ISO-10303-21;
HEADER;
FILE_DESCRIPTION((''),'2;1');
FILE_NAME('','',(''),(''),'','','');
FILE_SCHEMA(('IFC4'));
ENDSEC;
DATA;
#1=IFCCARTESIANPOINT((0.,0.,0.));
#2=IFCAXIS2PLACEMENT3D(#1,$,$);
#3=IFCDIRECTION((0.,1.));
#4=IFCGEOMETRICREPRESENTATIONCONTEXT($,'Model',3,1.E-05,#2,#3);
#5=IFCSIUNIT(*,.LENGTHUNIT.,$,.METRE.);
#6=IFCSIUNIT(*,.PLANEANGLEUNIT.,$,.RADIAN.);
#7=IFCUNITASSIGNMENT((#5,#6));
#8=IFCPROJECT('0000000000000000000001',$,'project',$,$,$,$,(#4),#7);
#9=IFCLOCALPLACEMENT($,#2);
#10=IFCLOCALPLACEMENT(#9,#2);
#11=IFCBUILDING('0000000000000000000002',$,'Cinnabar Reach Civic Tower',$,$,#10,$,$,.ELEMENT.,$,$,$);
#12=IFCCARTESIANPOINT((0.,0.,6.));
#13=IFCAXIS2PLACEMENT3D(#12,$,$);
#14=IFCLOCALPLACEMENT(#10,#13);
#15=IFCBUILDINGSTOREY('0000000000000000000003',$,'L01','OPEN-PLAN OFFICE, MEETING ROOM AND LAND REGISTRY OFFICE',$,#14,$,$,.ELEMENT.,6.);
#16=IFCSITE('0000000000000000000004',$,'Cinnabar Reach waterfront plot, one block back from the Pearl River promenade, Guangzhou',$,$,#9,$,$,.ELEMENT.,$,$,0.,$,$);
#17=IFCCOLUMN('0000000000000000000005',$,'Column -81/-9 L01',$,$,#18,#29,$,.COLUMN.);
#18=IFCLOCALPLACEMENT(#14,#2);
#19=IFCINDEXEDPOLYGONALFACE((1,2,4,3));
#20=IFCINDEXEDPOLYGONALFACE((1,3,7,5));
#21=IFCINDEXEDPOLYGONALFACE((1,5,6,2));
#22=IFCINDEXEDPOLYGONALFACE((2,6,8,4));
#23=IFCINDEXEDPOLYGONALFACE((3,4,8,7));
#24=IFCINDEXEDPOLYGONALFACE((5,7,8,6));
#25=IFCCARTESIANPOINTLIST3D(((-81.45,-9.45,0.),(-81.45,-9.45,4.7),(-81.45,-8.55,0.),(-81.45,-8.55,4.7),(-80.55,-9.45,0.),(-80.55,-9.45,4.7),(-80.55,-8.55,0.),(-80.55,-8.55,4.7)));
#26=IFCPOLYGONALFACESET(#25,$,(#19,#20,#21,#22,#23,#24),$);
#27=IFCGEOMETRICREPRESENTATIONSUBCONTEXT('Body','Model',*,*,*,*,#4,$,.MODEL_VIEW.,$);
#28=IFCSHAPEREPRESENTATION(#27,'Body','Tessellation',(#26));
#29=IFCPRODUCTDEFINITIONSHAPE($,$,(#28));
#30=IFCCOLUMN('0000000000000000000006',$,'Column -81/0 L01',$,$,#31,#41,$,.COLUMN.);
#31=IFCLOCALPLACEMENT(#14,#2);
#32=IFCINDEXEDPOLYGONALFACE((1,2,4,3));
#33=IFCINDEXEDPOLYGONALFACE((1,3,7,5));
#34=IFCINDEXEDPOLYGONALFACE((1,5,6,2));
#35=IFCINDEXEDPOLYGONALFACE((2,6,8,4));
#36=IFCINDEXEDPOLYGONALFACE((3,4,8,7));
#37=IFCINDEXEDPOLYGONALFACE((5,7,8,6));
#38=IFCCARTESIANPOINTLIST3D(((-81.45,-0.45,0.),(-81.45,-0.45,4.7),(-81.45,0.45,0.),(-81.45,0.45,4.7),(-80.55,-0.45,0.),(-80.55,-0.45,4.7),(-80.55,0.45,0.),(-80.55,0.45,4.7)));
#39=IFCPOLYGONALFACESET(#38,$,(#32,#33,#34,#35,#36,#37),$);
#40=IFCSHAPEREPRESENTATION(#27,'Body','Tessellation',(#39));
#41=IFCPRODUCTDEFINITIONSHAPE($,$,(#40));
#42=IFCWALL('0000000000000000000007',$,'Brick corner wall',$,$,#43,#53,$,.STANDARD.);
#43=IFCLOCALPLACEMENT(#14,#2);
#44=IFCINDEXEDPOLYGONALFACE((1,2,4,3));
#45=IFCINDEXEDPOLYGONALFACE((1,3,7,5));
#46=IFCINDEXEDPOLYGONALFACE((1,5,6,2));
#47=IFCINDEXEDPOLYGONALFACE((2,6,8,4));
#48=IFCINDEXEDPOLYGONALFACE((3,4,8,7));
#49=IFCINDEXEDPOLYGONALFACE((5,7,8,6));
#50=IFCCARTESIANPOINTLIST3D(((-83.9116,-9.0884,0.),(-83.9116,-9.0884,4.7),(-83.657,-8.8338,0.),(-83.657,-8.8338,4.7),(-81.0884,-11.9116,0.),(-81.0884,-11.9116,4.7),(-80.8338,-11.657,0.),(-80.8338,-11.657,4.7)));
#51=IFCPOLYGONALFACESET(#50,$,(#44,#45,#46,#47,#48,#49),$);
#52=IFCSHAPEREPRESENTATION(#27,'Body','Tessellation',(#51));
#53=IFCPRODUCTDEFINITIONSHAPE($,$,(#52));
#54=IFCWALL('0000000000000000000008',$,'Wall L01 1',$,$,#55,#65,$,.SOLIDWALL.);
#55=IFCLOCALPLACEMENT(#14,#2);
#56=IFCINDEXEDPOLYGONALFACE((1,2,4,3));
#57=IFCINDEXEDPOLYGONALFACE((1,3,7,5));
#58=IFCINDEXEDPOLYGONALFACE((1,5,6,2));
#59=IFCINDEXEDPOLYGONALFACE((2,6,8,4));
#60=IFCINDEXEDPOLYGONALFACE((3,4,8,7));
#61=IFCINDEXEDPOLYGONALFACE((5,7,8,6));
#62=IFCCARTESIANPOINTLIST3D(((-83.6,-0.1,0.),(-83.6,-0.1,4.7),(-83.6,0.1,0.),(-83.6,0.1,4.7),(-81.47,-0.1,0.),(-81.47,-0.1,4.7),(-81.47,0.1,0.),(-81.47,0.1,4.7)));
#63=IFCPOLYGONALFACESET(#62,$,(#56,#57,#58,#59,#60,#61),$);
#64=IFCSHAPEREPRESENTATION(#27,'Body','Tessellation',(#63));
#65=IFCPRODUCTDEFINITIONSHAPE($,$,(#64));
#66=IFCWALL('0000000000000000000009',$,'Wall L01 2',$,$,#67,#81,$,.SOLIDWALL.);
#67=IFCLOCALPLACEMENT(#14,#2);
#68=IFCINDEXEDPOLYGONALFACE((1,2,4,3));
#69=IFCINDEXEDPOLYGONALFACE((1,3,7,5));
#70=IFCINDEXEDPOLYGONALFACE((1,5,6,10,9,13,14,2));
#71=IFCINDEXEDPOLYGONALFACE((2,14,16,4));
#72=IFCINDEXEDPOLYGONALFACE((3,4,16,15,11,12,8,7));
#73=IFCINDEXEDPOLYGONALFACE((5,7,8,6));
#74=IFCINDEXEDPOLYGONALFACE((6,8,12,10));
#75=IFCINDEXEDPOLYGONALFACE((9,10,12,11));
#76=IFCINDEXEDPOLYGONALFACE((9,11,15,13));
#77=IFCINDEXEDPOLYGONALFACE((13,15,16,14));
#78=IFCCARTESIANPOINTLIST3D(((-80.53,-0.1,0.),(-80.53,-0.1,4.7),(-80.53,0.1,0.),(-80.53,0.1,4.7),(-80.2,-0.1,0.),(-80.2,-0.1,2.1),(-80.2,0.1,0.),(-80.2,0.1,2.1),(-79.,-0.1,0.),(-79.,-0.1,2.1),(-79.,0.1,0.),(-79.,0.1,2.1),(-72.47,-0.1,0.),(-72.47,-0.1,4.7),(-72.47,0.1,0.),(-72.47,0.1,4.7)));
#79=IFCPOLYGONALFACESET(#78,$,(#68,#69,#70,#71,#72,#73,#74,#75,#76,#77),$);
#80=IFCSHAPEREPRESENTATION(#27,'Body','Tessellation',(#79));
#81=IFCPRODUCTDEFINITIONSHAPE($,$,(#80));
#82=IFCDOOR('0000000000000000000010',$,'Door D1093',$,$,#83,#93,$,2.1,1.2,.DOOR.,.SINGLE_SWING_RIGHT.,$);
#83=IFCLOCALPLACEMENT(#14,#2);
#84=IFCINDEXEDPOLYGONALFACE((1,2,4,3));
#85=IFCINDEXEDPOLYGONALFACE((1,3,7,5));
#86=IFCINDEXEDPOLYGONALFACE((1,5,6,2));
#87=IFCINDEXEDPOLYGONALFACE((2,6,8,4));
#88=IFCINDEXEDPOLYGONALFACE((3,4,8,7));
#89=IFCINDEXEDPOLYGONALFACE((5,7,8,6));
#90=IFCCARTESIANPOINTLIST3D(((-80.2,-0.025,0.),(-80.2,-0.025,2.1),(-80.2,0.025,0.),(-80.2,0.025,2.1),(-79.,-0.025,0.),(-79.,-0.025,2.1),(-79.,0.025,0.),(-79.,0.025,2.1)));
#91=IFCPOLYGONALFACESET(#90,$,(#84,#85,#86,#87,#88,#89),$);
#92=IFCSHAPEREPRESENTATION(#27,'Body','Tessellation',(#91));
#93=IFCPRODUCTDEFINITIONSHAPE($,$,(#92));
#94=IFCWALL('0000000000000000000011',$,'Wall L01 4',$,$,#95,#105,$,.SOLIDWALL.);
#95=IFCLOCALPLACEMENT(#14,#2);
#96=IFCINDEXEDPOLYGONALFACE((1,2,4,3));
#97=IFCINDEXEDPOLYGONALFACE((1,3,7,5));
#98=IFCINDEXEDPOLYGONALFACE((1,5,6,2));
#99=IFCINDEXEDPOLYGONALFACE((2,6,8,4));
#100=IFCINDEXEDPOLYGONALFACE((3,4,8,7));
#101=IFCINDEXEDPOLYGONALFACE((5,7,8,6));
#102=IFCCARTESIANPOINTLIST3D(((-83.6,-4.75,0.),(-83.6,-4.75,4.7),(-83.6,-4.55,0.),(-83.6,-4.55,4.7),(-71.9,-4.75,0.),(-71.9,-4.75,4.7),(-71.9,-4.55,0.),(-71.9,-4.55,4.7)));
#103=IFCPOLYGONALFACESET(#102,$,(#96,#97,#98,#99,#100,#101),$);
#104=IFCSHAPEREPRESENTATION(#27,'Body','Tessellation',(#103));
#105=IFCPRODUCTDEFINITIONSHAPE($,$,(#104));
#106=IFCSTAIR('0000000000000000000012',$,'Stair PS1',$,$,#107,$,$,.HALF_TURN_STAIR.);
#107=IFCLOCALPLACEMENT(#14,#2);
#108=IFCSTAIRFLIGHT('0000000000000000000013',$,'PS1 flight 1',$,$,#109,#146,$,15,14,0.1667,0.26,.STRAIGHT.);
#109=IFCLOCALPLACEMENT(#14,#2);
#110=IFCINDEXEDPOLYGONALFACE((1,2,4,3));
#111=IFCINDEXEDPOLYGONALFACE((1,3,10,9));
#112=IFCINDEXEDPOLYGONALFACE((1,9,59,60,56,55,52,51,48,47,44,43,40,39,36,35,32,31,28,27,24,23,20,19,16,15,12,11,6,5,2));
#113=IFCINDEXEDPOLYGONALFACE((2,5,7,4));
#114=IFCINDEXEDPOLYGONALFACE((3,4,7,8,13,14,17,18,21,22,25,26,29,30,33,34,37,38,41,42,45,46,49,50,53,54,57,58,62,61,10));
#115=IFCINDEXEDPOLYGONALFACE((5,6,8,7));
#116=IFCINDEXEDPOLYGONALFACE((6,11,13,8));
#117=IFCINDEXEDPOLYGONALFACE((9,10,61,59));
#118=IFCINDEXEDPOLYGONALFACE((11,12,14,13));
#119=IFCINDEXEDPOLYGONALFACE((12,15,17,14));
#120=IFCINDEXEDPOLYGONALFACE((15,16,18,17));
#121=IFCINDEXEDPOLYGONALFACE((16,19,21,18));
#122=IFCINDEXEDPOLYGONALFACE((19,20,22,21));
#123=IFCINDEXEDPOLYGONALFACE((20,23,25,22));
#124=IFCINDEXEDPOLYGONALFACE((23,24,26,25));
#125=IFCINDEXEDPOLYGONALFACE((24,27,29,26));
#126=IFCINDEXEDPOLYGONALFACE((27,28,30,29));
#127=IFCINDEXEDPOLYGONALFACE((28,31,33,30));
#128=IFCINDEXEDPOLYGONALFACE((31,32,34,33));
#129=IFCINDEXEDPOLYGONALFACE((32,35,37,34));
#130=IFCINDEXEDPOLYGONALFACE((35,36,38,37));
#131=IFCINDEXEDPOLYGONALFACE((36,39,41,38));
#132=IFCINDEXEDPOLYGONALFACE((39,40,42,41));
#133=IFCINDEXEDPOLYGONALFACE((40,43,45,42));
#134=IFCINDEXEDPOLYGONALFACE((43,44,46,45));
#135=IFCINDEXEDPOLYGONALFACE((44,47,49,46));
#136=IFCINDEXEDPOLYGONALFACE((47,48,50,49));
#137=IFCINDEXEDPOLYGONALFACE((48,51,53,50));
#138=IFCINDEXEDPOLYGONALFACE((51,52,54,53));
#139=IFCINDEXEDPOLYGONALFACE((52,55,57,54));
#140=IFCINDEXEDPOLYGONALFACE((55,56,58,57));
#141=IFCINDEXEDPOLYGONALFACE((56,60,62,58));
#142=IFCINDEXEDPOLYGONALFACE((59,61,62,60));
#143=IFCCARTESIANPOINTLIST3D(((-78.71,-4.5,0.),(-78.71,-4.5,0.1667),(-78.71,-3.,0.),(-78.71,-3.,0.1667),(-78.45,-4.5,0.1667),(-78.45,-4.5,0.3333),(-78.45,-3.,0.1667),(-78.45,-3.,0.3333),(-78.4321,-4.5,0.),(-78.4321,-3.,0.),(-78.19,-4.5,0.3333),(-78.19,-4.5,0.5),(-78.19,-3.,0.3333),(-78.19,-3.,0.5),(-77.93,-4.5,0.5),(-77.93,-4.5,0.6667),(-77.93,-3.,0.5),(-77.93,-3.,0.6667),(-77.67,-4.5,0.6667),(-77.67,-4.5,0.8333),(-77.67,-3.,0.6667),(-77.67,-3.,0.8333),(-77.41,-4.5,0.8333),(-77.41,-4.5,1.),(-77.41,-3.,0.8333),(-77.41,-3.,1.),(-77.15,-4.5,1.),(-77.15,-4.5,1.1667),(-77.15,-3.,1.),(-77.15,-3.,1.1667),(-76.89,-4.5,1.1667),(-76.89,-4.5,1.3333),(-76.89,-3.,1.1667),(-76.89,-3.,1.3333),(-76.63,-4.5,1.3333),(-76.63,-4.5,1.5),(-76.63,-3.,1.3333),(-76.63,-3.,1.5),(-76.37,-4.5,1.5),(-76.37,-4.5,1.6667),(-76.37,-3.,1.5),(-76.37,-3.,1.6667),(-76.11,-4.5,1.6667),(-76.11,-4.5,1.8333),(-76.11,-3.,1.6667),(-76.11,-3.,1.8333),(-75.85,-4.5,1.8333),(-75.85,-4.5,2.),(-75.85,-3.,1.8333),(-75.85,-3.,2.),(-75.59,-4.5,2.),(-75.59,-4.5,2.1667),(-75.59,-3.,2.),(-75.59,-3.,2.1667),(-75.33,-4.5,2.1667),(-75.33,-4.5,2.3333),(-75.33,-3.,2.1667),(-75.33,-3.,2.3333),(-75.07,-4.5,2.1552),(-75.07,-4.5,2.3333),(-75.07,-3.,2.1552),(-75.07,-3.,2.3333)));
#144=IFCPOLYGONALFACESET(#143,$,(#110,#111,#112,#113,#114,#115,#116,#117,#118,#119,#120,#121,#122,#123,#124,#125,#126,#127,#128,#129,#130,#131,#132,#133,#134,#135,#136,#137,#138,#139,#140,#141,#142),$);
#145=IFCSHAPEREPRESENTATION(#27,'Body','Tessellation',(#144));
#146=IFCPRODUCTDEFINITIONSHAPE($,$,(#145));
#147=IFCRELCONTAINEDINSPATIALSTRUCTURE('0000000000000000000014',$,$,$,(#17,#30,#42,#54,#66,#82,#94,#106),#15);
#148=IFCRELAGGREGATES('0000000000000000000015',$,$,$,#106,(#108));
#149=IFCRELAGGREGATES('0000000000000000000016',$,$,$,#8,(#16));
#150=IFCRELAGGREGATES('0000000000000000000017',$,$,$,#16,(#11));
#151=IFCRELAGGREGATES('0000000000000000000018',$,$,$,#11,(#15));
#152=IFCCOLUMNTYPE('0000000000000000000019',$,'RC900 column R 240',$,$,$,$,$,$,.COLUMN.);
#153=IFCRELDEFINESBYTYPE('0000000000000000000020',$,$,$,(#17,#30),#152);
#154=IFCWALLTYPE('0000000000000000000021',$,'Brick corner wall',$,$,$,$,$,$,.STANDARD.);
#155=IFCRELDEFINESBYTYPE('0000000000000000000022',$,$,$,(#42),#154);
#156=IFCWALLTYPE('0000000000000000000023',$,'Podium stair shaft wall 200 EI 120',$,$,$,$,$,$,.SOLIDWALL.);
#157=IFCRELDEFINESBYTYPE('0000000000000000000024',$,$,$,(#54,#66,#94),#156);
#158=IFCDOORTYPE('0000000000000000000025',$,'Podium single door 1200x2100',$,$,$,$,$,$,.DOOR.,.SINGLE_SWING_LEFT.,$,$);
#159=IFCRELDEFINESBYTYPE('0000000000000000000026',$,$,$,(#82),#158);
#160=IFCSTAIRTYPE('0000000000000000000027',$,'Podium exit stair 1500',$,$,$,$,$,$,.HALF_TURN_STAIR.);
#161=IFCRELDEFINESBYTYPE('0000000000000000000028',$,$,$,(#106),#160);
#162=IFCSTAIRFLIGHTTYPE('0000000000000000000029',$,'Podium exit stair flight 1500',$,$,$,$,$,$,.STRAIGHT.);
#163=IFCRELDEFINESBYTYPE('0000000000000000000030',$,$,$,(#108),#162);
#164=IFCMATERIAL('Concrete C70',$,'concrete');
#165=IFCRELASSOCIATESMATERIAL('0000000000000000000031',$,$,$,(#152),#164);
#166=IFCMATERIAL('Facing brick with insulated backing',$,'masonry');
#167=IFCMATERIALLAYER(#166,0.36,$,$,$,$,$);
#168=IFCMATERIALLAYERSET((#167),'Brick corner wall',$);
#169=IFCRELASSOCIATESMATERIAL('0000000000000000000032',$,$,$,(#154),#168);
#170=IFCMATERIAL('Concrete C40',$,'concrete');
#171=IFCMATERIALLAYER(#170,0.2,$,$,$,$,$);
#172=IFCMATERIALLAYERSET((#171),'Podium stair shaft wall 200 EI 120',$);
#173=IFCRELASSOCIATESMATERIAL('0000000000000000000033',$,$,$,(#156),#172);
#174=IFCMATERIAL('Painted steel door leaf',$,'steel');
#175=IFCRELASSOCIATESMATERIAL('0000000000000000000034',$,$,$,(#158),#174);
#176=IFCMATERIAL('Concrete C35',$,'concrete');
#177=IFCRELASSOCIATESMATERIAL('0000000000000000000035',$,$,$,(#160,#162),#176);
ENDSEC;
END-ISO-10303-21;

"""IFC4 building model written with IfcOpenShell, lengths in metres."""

from ifc_helpers import new_model, si_unit, direction, frame, frame_2d, origin, origin_2d, place, context, subcontext, project, spatial, polyline, rectangle, outline, extrude, material, layer, layer_set, material_profile, profile_set, type_object, element, fill, aggregate, save


model = new_model("IFC4")

# Units and contexts
model_context = context("Model", 3, precision=1e-05, world=origin(), true_north=direction((0.0, 1.0)))
body_context = subcontext(model_context, "Body", "Model", "MODEL_VIEW")
ifc_project = project(units=[si_unit("LENGTHUNIT", "METRE"), si_unit("PLANEANGLEUNIT", "RADIAN")], contexts=[model_context])

# Site, building, storey
site_placement = place(None, origin())
site = spatial("IfcSite", under=ifc_project, at=site_placement, Name="Cinnabar Reach waterfront plot, one block back from the Pearl River promenade, Guangzhou", CompositionType="ELEMENT", RefElevation=0.0)
building_placement = place(site_placement, origin())
building = spatial("IfcBuilding", under=site, at=building_placement, Name="Cinnabar Reach Civic Tower", CompositionType="ELEMENT")
storey_placement = place(building_placement, frame((0.0, 0.0, 6.0)))
storey = spatial("IfcBuildingStorey", under=building, at=storey_placement, Name="L01", Description="OPEN-PLAN OFFICE, MEETING ROOM AND LAND REGISTRY OFFICE", CompositionType="ELEMENT", Elevation=6.0)

# Columns
ifc_material_1 = material(Name="Concrete C70", Category="concrete")
ifc_material_profile = material_profile(ifc_material_1, rectangle(XDim=0.9, YDim=0.9, at=origin_2d()), Name="RC900")
ifc_profile_set = profile_set([ifc_material_profile], Name="Concrete C70")
column_type = type_object("IfcColumnType", Name="RC900 column R 240", PredefinedType="COLUMN", material=ifc_profile_set)
for number, where, z_axis, x_axis, name in (
    (1, (-81.0, -9.0, 0.0), (0.0, 0.0, 1.0), (1.0, 0.0, 0.0), "Column -81/-9 L01"),
    (2, (-81.0, 0.0, 0.0), (0.0, 0.0, 1.0), (1.0, 0.0, 0.0), "Column -81/0 L01"),
):
    element("IfcColumn", number, at=place(storey_placement, frame(where, z_axis=z_axis, x_axis=x_axis)), inside=storey, type_object=column_type, Name=name, PredefinedType="COLUMN", context=body_context, shape_type="SweptSolid", body=[
        extrude(rectangle(XDim=0.9, YDim=0.9, at=origin_2d()), origin(), (0.0, 0.0, 1.0), 4.7),
    ])

# Wall
ifc_material_2 = material(Name="Facing brick with insulated backing", Category="masonry")
ifc_layer_1 = layer(ifc_material_2, 0.36)
ifc_layer_set_1 = layer_set([ifc_layer_1], Name="Brick corner wall")
wall_type_1 = type_object("IfcWallType", Name="Brick corner wall", PredefinedType="STANDARD", material=ifc_layer_set_1)
wall_1_placement = place(storey_placement, frame((-83.7843, -8.9611, 0.0), z_axis=(0.0, 0.0, 1.0), x_axis=(0.707107, -0.707107, 0.0)))
element("IfcWall", 3, at=wall_1_placement, inside=storey, type_object=wall_type_1, Name="Brick corner wall", PredefinedType="STANDARD", context=body_context, shape_type="SweptSolid", body=[
    extrude(rectangle(XDim=3.9926, YDim=0.36, at=frame_2d((1.9963, 0.0))), origin(), (0.0, 0.0, 1.0), 4.7),
])

# Wall
ifc_material_3 = material(Name="Concrete C40", Category="concrete")
ifc_layer_2 = layer(ifc_material_3, 0.2)
ifc_layer_set_2 = layer_set([ifc_layer_2], Name="Podium stair shaft wall 200 EI 120")
wall_type_2 = type_object("IfcWallType", Name="Podium stair shaft wall 200 EI 120", PredefinedType="SOLIDWALL", material=ifc_layer_set_2)
wall_2_placement = place(storey_placement, frame((-83.6, 0.0, 0.0), z_axis=(0.0, 0.0, 1.0), x_axis=(1.0, 0.0, 0.0)))
element("IfcWall", 4, at=wall_2_placement, inside=storey, type_object=wall_type_2, Name="Wall L01 1", PredefinedType="SOLIDWALL", context=body_context, shape_type="SweptSolid", body=[
    extrude(rectangle(XDim=2.13, YDim=0.2, at=frame_2d((1.065, 0.0))), origin(), (0.0, 0.0, 1.0), 4.7),
])

# Wall, opening, door
wall_3_placement = place(storey_placement, frame((-80.53, 0.0, 0.0), z_axis=(0.0, 0.0, 1.0), x_axis=(1.0, 0.0, 0.0)))
wall_3 = element("IfcWall", 5, at=wall_3_placement, inside=storey, type_object=wall_type_2, Name="Wall L01 2", PredefinedType="SOLIDWALL", context=body_context, shape_type="SweptSolid", body=[
    extrude(rectangle(XDim=8.06, YDim=0.2, at=frame_2d((4.03, 0.0))), origin(), (0.0, 0.0, 1.0), 4.7),
])
opening_1_placement = place(wall_3_placement, frame((0.33, 0.0, 0.0)))
opening_1 = element("IfcOpeningElement", 6, at=opening_1_placement, cuts=wall_3, PredefinedType="OPENING", context=body_context, shape_type="SweptSolid", body=[
    extrude(rectangle(XDim=1.2, YDim=2.1, at=frame_2d((0.6, 1.05))), frame((0.0, 0.11, 0.0), z_axis=(0.0, -1.0, 0.0), x_axis=(1.0, 0.0, 0.0)), (0.0, 0.0, 1.0), 0.22),
])
ifc_material_4 = material(Name="Painted steel door leaf", Category="steel")
door_type = type_object("IfcDoorType", Name="Podium single door 1200x2100", OperationType="SINGLE_SWING_LEFT", PredefinedType="DOOR", material=ifc_material_4)
door_placement = place(opening_1_placement, frame((1.2, 0.0, 0.0), z_axis=(0.0, 0.0, 1.0), x_axis=(-1.0, 0.0, 0.0)))
door = element("IfcDoor", 7, at=door_placement, inside=storey, type_object=door_type, Name="Door D1093", OperationType="SINGLE_SWING_RIGHT", OverallHeight=2.1, OverallWidth=1.2, PredefinedType="DOOR", context=body_context, shape_type="SweptSolid", body=[
    extrude(rectangle(XDim=1.2, YDim=2.1, at=frame_2d((0.6, 1.05))), frame((0.0, 0.025, 0.0), z_axis=(0.0, -1.0, 0.0), x_axis=(1.0, 0.0, 0.0)), (0.0, 0.0, 1.0), 0.05),
])
fill(opening_1, door)

# Wall
wall_4_placement = place(storey_placement, frame((-83.6, -4.65, 0.0), z_axis=(0.0, 0.0, 1.0), x_axis=(1.0, 0.0, 0.0)))
element("IfcWall", 8, at=wall_4_placement, inside=storey, type_object=wall_type_2, Name="Wall L01 4", PredefinedType="SOLIDWALL", context=body_context, shape_type="SweptSolid", body=[
    extrude(rectangle(XDim=11.7, YDim=0.2, at=frame_2d((5.85, 0.0))), origin(), (0.0, 0.0, 1.0), 4.7),
])

# Stair, stair flight
ifc_material_5 = material(Name="Concrete C35", Category="concrete")
stair_type = type_object("IfcStairType", Name="Podium exit stair 1500", PredefinedType="HALF_TURN_STAIR", material=ifc_material_5)
stair_placement = place(storey_placement, origin())
stair = element("IfcStair", 9, at=stair_placement, inside=storey, type_object=stair_type, Name="Stair PS1", PredefinedType="HALF_TURN_STAIR")
stair_flight_type = type_object("IfcStairFlightType", Name="Podium exit stair flight 1500", PredefinedType="STRAIGHT", material=ifc_material_5)
stair_flight_placement = place(storey_placement, frame((-78.71, -3.75, 0.0), z_axis=(0.0, 0.0, 1.0), x_axis=(1.0, 0.0, 0.0)))
stair_flight = element("IfcStairFlight", 10, at=stair_flight_placement, type_object=stair_flight_type, Name="PS1 flight 1", NumberOfRisers=15, NumberOfTreads=14, PredefinedType="STRAIGHT", RiserHeight=0.1667, TreadLength=0.26, context=body_context, shape_type="SweptSolid", body=[
    extrude(outline(polyline([(0.0, 0.0), (0.0, 0.1667), (0.26, 0.1667), (0.26, 0.3333), (0.52, 0.3333), (0.52, 0.5), (0.78, 0.5), (0.78, 0.6667), (1.04, 0.6667), (1.04, 0.8333), (1.3, 0.8333), (1.3, 1.0), (1.56, 1.0), (1.56, 1.1667), (1.82, 1.1667), (1.82, 1.3333), (2.08, 1.3333), (2.08, 1.5), (2.34, 1.5), (2.34, 1.6667), (2.6, 1.6667), (2.6, 1.8333), (2.86, 1.8333), (2.86, 2.0), (3.12, 2.0), (3.12, 2.1667), (3.38, 2.1667), (3.38, 2.3333), (3.64, 2.3333), (3.64, 2.5), (3.64, 2.1552), (0.2779, 0.0), (0.0, 0.0)])), frame((0.0, 0.75, 0.0), z_axis=(0.0, -1.0, 0.0), x_axis=(1.0, 0.0, 0.0)), (0.0, 0.0, 1.0), 1.5),
])
aggregate(stair, [stair_flight])

save(model, "model.ifc")
